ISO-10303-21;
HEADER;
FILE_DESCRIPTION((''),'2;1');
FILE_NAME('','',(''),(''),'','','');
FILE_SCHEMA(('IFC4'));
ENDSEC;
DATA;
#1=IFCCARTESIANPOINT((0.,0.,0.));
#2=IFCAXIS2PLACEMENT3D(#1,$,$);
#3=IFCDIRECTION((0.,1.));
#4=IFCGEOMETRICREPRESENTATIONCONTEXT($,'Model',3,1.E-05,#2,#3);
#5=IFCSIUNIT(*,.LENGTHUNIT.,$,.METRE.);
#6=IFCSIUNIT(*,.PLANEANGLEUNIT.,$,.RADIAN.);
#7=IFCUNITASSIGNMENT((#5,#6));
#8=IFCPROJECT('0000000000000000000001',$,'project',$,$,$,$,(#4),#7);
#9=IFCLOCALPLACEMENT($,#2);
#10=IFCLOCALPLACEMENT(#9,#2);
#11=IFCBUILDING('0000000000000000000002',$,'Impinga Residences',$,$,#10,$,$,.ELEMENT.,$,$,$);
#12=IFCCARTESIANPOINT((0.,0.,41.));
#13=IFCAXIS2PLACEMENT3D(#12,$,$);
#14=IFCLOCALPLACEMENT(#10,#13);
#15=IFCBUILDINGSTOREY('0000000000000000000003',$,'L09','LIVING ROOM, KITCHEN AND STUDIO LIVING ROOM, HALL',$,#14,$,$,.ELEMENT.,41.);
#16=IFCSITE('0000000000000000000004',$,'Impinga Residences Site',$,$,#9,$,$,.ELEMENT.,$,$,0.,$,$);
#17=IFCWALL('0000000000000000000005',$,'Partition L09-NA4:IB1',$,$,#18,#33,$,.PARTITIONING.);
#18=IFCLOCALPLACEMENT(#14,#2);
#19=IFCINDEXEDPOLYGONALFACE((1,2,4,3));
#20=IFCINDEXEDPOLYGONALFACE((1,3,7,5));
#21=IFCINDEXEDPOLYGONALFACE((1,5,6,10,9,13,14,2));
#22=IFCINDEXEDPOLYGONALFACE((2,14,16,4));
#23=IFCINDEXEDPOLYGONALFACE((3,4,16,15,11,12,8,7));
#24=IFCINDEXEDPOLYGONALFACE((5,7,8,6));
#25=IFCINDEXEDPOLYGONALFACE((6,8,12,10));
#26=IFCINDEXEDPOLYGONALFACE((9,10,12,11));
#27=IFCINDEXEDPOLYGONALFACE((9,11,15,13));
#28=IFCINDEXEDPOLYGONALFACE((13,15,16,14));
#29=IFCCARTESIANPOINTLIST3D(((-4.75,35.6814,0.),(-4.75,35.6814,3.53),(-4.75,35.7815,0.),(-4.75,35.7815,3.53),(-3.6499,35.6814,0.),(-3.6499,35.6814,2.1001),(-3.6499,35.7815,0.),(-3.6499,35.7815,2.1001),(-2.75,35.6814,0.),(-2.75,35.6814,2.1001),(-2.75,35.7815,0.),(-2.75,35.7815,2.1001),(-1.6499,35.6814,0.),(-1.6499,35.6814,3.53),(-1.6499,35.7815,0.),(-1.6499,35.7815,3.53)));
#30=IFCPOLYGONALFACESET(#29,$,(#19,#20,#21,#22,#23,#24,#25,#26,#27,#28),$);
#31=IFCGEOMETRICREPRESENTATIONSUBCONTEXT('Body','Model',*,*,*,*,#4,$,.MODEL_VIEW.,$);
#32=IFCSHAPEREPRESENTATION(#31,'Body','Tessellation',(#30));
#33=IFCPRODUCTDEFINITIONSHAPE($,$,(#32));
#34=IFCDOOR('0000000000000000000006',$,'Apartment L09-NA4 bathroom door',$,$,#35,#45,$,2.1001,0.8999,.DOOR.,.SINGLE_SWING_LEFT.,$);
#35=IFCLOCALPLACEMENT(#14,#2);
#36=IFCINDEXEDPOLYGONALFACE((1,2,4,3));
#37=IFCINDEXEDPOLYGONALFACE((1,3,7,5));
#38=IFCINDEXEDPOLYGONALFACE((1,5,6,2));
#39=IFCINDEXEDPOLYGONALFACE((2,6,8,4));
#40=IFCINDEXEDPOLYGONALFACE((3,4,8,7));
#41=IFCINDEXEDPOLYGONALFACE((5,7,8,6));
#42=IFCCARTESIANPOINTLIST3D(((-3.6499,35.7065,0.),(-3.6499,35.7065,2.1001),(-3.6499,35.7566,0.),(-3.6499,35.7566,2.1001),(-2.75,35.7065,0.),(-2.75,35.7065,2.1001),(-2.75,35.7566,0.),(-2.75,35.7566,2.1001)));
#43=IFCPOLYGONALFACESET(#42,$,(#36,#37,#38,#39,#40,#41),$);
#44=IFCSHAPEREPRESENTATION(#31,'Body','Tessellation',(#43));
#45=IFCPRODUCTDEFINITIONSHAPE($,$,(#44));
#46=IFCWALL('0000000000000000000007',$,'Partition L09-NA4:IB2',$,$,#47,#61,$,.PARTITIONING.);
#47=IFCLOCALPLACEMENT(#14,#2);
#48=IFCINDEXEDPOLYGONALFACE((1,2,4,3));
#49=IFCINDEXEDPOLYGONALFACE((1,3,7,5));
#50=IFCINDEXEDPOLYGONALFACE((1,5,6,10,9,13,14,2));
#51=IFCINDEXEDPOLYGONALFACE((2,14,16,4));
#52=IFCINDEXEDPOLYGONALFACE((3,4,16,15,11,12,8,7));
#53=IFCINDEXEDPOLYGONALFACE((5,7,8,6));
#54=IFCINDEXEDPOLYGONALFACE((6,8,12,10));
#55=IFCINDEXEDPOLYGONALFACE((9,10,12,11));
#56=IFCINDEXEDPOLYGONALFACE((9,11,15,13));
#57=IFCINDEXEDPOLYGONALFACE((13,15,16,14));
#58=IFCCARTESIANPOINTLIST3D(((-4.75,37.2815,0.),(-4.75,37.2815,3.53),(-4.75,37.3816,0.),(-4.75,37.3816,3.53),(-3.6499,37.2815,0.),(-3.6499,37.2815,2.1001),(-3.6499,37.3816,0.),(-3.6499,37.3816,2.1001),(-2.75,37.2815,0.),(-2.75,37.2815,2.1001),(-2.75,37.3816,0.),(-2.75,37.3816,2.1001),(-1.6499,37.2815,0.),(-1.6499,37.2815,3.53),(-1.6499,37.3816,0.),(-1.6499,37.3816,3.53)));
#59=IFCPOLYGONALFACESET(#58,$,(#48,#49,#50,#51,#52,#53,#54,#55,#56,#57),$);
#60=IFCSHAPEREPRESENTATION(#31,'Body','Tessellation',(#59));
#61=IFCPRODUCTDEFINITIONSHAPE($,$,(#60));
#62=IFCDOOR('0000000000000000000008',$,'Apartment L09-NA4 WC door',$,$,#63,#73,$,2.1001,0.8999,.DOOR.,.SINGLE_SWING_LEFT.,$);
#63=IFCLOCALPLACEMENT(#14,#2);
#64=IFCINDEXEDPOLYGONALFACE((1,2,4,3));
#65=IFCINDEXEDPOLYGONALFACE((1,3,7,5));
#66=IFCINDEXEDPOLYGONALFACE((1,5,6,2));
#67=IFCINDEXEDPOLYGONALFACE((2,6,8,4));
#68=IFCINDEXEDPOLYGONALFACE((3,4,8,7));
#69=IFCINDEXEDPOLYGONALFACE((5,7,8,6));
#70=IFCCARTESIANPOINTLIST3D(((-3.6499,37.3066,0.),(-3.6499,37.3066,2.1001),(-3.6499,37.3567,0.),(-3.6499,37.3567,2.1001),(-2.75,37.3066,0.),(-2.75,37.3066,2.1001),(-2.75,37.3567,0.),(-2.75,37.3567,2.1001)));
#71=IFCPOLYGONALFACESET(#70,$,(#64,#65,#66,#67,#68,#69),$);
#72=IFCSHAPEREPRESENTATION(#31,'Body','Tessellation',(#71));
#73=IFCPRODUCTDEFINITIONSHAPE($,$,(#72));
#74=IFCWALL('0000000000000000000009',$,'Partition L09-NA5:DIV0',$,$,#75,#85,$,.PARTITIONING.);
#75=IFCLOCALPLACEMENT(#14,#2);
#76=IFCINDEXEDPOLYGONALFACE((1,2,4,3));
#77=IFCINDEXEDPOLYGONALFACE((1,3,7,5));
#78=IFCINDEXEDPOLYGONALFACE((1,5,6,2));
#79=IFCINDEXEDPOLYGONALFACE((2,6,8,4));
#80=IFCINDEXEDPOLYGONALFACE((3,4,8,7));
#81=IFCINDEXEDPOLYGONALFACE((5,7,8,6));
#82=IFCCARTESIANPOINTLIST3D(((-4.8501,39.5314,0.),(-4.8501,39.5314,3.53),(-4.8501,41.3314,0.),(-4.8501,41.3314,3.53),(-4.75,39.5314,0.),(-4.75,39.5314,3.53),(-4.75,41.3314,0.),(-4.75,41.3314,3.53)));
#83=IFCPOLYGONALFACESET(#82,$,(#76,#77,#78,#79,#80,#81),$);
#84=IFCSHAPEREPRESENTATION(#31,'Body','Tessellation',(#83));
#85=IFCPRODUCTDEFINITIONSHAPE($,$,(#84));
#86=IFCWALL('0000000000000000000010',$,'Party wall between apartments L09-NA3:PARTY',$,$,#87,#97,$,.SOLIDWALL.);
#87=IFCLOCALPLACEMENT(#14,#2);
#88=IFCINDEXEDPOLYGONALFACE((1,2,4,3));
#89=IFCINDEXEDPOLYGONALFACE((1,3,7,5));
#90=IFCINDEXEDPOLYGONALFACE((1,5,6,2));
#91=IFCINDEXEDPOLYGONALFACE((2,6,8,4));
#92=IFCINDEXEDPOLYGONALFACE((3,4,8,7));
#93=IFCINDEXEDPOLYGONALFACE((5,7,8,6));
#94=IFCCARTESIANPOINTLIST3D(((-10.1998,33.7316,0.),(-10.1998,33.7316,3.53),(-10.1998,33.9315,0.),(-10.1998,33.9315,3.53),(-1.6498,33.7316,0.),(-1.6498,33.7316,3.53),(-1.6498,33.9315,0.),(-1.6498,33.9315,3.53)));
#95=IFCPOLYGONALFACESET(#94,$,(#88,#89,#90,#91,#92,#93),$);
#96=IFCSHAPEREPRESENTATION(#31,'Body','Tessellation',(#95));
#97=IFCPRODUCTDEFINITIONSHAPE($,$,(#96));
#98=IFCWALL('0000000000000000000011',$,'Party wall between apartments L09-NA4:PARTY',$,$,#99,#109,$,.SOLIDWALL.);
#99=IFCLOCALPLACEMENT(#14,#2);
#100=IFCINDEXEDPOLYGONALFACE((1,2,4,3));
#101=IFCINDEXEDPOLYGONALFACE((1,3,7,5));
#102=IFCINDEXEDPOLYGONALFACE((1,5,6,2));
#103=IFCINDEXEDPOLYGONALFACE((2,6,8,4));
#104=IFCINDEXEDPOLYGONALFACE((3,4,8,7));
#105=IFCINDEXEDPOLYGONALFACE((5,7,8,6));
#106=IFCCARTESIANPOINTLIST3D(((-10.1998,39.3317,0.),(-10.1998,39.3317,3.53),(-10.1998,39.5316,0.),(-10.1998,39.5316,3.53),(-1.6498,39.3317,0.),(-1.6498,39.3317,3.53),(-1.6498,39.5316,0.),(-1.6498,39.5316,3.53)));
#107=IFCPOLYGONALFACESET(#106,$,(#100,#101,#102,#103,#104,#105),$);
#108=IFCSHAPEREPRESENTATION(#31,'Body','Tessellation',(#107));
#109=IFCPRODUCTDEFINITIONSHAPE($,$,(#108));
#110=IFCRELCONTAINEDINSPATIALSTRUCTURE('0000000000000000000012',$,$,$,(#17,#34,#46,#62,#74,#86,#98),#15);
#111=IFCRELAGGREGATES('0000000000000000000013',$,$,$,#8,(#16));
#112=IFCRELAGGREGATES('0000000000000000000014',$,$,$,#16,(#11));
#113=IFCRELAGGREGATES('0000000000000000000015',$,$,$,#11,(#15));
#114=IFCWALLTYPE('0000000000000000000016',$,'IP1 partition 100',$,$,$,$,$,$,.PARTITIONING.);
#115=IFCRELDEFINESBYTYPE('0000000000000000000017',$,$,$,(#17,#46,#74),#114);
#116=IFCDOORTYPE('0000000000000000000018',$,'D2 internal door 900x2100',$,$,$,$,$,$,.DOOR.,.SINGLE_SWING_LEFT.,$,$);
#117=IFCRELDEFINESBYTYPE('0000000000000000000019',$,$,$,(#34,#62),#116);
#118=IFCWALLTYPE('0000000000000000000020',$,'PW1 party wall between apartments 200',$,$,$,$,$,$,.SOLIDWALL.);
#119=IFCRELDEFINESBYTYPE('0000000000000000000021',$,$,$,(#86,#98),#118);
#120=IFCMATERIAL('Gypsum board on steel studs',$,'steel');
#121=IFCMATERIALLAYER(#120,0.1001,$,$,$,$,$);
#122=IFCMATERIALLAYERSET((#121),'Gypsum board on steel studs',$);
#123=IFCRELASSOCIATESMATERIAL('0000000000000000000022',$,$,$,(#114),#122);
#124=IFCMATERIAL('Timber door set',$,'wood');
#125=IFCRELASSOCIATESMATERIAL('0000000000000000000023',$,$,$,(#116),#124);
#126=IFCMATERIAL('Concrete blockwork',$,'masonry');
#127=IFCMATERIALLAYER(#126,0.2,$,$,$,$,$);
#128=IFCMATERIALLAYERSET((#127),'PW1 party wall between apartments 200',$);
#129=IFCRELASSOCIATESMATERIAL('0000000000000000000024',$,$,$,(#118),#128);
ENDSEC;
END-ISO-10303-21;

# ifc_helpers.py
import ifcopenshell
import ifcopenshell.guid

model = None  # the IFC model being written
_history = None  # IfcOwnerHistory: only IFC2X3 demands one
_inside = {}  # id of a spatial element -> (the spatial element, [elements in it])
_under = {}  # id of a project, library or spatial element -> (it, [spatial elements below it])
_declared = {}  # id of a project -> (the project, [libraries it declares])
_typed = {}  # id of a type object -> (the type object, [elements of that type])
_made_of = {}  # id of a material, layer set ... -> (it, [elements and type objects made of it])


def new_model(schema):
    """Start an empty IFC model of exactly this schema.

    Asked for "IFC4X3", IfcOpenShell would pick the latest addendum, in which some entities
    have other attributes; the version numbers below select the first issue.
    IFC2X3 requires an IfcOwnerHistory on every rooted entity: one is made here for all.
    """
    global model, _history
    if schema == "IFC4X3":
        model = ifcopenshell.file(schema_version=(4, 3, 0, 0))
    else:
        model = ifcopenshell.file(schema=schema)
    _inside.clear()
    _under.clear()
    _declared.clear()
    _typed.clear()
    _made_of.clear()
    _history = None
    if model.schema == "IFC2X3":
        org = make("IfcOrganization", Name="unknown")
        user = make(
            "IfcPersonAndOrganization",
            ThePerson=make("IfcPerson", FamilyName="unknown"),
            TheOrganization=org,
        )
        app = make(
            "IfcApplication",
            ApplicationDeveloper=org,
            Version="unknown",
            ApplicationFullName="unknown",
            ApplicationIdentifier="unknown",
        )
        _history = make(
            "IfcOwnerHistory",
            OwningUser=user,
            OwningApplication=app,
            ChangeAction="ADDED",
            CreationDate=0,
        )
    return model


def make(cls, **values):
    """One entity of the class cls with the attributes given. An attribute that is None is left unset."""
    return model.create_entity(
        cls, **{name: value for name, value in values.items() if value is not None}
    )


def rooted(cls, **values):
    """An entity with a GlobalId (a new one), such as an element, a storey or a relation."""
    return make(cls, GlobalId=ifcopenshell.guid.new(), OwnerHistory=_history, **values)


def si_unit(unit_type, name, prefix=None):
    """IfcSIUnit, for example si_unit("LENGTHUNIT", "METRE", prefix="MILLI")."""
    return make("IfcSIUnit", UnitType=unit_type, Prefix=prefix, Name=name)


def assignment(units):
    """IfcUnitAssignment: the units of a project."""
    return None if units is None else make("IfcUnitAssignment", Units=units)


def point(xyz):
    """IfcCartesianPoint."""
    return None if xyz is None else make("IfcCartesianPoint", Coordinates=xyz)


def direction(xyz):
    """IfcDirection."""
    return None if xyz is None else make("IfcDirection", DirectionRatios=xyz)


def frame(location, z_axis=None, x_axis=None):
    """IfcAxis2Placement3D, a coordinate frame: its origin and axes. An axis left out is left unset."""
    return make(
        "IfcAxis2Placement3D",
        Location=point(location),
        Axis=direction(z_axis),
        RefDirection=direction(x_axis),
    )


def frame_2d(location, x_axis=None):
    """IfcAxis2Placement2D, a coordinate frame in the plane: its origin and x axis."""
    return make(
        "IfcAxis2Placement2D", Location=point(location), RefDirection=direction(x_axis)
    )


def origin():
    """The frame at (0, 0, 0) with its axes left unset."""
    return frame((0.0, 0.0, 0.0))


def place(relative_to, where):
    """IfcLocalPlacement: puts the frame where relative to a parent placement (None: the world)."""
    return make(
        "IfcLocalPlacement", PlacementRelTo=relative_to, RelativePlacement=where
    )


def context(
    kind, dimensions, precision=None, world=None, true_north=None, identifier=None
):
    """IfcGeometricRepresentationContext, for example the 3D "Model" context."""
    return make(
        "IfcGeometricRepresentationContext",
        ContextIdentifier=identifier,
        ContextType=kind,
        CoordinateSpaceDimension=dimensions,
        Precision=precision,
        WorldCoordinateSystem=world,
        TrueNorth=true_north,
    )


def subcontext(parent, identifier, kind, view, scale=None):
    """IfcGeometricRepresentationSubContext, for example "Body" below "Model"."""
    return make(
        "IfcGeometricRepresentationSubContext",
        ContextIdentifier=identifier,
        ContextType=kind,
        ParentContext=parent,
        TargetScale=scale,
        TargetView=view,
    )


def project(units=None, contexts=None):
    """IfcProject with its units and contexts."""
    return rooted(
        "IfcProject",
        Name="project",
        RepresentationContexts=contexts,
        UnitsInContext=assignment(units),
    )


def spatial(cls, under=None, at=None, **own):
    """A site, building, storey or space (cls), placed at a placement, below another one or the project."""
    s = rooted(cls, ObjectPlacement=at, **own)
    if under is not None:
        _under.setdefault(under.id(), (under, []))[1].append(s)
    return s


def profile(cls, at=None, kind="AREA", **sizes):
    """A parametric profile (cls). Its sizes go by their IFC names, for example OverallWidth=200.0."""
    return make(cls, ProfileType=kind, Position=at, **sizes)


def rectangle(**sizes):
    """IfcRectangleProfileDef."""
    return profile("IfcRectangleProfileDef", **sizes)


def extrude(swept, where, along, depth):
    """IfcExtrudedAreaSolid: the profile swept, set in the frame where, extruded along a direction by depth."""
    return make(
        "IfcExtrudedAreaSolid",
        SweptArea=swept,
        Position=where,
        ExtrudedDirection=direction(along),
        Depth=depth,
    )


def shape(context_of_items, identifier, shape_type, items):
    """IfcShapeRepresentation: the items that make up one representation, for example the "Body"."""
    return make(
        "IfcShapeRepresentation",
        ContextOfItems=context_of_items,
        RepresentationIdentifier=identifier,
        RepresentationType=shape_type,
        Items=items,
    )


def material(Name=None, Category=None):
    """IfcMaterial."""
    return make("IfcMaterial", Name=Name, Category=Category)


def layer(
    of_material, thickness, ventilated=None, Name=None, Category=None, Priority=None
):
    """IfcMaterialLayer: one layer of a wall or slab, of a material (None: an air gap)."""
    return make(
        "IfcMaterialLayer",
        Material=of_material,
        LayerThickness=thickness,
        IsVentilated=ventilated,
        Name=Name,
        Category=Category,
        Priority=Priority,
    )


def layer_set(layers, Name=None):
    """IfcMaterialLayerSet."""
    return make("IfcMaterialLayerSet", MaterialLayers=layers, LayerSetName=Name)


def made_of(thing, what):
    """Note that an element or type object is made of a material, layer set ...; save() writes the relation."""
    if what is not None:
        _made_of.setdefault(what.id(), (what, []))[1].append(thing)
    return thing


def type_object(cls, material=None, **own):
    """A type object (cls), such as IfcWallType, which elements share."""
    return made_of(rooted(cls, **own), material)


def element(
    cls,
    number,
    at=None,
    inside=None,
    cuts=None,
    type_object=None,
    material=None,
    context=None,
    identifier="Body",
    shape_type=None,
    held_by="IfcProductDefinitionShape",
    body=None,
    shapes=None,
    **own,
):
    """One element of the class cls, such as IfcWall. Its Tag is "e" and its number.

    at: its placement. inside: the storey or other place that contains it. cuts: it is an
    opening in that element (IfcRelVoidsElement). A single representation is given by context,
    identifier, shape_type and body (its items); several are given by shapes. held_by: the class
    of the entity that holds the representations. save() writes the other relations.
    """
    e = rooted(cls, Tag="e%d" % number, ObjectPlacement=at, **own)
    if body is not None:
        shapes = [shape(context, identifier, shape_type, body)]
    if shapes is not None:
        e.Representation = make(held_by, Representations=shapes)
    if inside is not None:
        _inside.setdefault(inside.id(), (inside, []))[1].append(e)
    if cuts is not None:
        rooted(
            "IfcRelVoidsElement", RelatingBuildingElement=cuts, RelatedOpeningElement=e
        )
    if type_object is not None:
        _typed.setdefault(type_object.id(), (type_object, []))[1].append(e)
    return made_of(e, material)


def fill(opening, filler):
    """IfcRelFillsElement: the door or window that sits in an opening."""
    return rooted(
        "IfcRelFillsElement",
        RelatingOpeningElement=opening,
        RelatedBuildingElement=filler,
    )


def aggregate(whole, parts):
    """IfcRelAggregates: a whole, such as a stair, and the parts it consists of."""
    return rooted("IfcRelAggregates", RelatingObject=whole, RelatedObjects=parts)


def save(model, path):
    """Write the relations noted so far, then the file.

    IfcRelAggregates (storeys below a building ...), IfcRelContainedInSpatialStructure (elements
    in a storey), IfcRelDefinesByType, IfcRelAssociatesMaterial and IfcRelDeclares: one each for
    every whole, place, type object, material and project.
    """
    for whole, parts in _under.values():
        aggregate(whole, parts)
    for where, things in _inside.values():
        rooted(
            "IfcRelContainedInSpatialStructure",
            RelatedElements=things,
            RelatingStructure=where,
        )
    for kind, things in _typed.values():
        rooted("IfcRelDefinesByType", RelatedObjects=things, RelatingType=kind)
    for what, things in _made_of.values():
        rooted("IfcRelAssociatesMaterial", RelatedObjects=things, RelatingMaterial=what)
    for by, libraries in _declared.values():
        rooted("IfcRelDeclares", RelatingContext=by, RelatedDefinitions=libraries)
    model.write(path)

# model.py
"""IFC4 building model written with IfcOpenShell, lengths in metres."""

from ifc_helpers import new_model, si_unit, direction, frame, frame_2d, origin, place, context, subcontext, project, spatial, rectangle, extrude, material, layer, layer_set, type_object, element, fill, save


model = new_model("IFC4")

# Units and contexts
model_context = context("Model", 3, precision=1e-05, world=origin(), true_north=direction((0.0, 1.0)))
body_context = subcontext(model_context, "Body", "Model", "MODEL_VIEW")
ifc_project = project(units=[si_unit("LENGTHUNIT", "METRE"), si_unit("PLANEANGLEUNIT", "RADIAN")], contexts=[model_context])

# Site, building, storey
site_placement = place(None, origin())
site = spatial("IfcSite", under=ifc_project, at=site_placement, Name="Impinga Residences Site", CompositionType="ELEMENT", RefElevation=0.0)
building_placement = place(site_placement, origin())
building = spatial("IfcBuilding", under=site, at=building_placement, Name="Impinga Residences", CompositionType="ELEMENT")
storey_placement = place(building_placement, frame((0.0, 0.0, 41.0)))
storey = spatial("IfcBuildingStorey", under=building, at=storey_placement, Name="L09", Description="LIVING ROOM, KITCHEN AND STUDIO LIVING ROOM, HALL", CompositionType="ELEMENT", Elevation=41.0)

# Shared definitions
ifc_material_1 = material(Name="Gypsum board on steel studs", Category="steel")
ifc_layer_1 = layer(ifc_material_1, 0.1001)
ifc_layer_set_1 = layer_set([ifc_layer_1], Name="Gypsum board on steel studs")
wall_type_1 = type_object("IfcWallType", Name="IP1 partition 100", PredefinedType="PARTITIONING", material=ifc_layer_set_1)

# Shared definitions
ifc_material_2 = material(Name="Timber door set", Category="wood")
door_type = type_object("IfcDoorType", Name="D2 internal door 900x2100", OperationType="SINGLE_SWING_LEFT", PredefinedType="DOOR", material=ifc_material_2)

# Walls, openings, doors
wall_1_placement = place(storey_placement, frame((-1.6499, 35.7314, 0.0), z_axis=(0.0, 0.0, 1.0), x_axis=(-1.0, 0.0, 0.0)))
wall_1 = element("IfcWall", 1, at=wall_1_placement, inside=storey, type_object=wall_type_1, Name="Partition L09-NA4:IB1", PredefinedType="PARTITIONING", context=body_context, shape_type="SweptSolid", body=[
    extrude(rectangle(XDim=3.1001, YDim=0.1001, at=frame_2d((1.55, 0.0))), origin(), (0.0, 0.0, 1.0), 3.53),
])
opening_1_placement = place(wall_1_placement, frame((1.1001, 0.0, 0.0)))
opening_1 = element("IfcOpeningElement", 2, at=opening_1_placement, cuts=wall_1, PredefinedType="OPENING", context=body_context, shape_type="SweptSolid", body=[
    extrude(rectangle(XDim=0.8999, YDim=2.1001, at=frame_2d((0.45, 1.05))), frame((0.0, 0.0601, 0.0), z_axis=(0.0, -1.0, 0.0), x_axis=(1.0, 0.0, 0.0)), (0.0, 0.0, 1.0), 0.1201),
])
door_1_placement = place(opening_1_placement, origin())
door_1 = element("IfcDoor", 3, at=door_1_placement, inside=storey, type_object=door_type, Name="Apartment L09-NA4 bathroom door", OperationType="SINGLE_SWING_LEFT", OverallHeight=2.1001, OverallWidth=0.8999, PredefinedType="DOOR", context=body_context, shape_type="SweptSolid", body=[
    extrude(rectangle(XDim=0.8999, YDim=2.1001, at=frame_2d((0.45, 1.05))), frame((0.0, 0.0249, 0.0), z_axis=(0.0, -1.0, 0.0), x_axis=(1.0, 0.0, 0.0)), (0.0, 0.0, 1.0), 0.05),
])
fill(opening_1, door_1)
wall_2_placement = place(storey_placement, frame((-1.6499, 37.3315, 0.0), z_axis=(0.0, 0.0, 1.0), x_axis=(-1.0, 0.0, 0.0)))
wall_2 = element("IfcWall", 4, at=wall_2_placement, inside=storey, type_object=wall_type_1, Name="Partition L09-NA4:IB2", PredefinedType="PARTITIONING", context=body_context, shape_type="SweptSolid", body=[
    extrude(rectangle(XDim=3.1001, YDim=0.1001, at=frame_2d((1.55, 0.0))), origin(), (0.0, 0.0, 1.0), 3.53),
])
opening_2_placement = place(wall_2_placement, frame((1.1001, 0.0, 0.0)))
opening_2 = element("IfcOpeningElement", 5, at=opening_2_placement, cuts=wall_2, PredefinedType="OPENING", context=body_context, shape_type="SweptSolid", body=[
    extrude(rectangle(XDim=0.8999, YDim=2.1001, at=frame_2d((0.45, 1.05))), frame((0.0, 0.0601, 0.0), z_axis=(0.0, -1.0, 0.0), x_axis=(1.0, 0.0, 0.0)), (0.0, 0.0, 1.0), 0.1201),
])
door_2_placement = place(opening_2_placement, origin())
door_2 = element("IfcDoor", 6, at=door_2_placement, inside=storey, type_object=door_type, Name="Apartment L09-NA4 WC door", OperationType="SINGLE_SWING_LEFT", OverallHeight=2.1001, OverallWidth=0.8999, PredefinedType="DOOR", context=body_context, shape_type="SweptSolid", body=[
    extrude(rectangle(XDim=0.8999, YDim=2.1001, at=frame_2d((0.45, 1.05))), frame((0.0, 0.0249, 0.0), z_axis=(0.0, -1.0, 0.0), x_axis=(1.0, 0.0, 0.0)), (0.0, 0.0, 1.0), 0.05),
])
fill(opening_2, door_2)

# Walls
wall_3_placement = place(storey_placement, frame((-4.8, 39.5315, 0.0), z_axis=(0.0, 0.0, 1.0), x_axis=(0.0, 1.0, 0.0)))
element("IfcWall", 7, at=wall_3_placement, inside=storey, type_object=wall_type_1, Name="Partition L09-NA5:DIV0", PredefinedType="PARTITIONING", context=body_context, shape_type="SweptSolid", body=[
    extrude(rectangle(XDim=1.8, YDim=0.1001, at=frame_2d((0.8999, 0.0))), origin(), (0.0, 0.0, 1.0), 3.53),
])
ifc_material_3 = material(Name="Concrete blockwork", Category="masonry")
ifc_layer_2 = layer(ifc_material_3, 0.2)
ifc_layer_set_2 = layer_set([ifc_layer_2], Name="PW1 party wall between apartments 200")
wall_type_2 = type_object("IfcWallType", Name="PW1 party wall between apartments 200", PredefinedType="SOLIDWALL", material=ifc_layer_set_2)
for number, where, z_axis, x_axis, name in (
    (8, (-1.6499, 33.8315, 0.0), (0.0, 0.0, 1.0), (-1.0, 0.0, 0.0), "Party wall between apartments L09-NA3:PARTY"),
    (9, (-1.6499, 39.4316, 0.0), (0.0, 0.0, 1.0), (-1.0, 0.0, 0.0), "Party wall between apartments L09-NA4:PARTY"),
):
    element("IfcWall", number, at=place(storey_placement, frame(where, z_axis=z_axis, x_axis=x_axis)), inside=storey, type_object=wall_type_2, Name=name, PredefinedType="SOLIDWALL", context=body_context, shape_type="SweptSolid", body=[
        extrude(rectangle(XDim=8.55, YDim=0.2, at=frame_2d((4.2749, 0.0))), origin(), (0.0, 0.0, 1.0), 3.53),
    ])

save(model, "model.ifc")
